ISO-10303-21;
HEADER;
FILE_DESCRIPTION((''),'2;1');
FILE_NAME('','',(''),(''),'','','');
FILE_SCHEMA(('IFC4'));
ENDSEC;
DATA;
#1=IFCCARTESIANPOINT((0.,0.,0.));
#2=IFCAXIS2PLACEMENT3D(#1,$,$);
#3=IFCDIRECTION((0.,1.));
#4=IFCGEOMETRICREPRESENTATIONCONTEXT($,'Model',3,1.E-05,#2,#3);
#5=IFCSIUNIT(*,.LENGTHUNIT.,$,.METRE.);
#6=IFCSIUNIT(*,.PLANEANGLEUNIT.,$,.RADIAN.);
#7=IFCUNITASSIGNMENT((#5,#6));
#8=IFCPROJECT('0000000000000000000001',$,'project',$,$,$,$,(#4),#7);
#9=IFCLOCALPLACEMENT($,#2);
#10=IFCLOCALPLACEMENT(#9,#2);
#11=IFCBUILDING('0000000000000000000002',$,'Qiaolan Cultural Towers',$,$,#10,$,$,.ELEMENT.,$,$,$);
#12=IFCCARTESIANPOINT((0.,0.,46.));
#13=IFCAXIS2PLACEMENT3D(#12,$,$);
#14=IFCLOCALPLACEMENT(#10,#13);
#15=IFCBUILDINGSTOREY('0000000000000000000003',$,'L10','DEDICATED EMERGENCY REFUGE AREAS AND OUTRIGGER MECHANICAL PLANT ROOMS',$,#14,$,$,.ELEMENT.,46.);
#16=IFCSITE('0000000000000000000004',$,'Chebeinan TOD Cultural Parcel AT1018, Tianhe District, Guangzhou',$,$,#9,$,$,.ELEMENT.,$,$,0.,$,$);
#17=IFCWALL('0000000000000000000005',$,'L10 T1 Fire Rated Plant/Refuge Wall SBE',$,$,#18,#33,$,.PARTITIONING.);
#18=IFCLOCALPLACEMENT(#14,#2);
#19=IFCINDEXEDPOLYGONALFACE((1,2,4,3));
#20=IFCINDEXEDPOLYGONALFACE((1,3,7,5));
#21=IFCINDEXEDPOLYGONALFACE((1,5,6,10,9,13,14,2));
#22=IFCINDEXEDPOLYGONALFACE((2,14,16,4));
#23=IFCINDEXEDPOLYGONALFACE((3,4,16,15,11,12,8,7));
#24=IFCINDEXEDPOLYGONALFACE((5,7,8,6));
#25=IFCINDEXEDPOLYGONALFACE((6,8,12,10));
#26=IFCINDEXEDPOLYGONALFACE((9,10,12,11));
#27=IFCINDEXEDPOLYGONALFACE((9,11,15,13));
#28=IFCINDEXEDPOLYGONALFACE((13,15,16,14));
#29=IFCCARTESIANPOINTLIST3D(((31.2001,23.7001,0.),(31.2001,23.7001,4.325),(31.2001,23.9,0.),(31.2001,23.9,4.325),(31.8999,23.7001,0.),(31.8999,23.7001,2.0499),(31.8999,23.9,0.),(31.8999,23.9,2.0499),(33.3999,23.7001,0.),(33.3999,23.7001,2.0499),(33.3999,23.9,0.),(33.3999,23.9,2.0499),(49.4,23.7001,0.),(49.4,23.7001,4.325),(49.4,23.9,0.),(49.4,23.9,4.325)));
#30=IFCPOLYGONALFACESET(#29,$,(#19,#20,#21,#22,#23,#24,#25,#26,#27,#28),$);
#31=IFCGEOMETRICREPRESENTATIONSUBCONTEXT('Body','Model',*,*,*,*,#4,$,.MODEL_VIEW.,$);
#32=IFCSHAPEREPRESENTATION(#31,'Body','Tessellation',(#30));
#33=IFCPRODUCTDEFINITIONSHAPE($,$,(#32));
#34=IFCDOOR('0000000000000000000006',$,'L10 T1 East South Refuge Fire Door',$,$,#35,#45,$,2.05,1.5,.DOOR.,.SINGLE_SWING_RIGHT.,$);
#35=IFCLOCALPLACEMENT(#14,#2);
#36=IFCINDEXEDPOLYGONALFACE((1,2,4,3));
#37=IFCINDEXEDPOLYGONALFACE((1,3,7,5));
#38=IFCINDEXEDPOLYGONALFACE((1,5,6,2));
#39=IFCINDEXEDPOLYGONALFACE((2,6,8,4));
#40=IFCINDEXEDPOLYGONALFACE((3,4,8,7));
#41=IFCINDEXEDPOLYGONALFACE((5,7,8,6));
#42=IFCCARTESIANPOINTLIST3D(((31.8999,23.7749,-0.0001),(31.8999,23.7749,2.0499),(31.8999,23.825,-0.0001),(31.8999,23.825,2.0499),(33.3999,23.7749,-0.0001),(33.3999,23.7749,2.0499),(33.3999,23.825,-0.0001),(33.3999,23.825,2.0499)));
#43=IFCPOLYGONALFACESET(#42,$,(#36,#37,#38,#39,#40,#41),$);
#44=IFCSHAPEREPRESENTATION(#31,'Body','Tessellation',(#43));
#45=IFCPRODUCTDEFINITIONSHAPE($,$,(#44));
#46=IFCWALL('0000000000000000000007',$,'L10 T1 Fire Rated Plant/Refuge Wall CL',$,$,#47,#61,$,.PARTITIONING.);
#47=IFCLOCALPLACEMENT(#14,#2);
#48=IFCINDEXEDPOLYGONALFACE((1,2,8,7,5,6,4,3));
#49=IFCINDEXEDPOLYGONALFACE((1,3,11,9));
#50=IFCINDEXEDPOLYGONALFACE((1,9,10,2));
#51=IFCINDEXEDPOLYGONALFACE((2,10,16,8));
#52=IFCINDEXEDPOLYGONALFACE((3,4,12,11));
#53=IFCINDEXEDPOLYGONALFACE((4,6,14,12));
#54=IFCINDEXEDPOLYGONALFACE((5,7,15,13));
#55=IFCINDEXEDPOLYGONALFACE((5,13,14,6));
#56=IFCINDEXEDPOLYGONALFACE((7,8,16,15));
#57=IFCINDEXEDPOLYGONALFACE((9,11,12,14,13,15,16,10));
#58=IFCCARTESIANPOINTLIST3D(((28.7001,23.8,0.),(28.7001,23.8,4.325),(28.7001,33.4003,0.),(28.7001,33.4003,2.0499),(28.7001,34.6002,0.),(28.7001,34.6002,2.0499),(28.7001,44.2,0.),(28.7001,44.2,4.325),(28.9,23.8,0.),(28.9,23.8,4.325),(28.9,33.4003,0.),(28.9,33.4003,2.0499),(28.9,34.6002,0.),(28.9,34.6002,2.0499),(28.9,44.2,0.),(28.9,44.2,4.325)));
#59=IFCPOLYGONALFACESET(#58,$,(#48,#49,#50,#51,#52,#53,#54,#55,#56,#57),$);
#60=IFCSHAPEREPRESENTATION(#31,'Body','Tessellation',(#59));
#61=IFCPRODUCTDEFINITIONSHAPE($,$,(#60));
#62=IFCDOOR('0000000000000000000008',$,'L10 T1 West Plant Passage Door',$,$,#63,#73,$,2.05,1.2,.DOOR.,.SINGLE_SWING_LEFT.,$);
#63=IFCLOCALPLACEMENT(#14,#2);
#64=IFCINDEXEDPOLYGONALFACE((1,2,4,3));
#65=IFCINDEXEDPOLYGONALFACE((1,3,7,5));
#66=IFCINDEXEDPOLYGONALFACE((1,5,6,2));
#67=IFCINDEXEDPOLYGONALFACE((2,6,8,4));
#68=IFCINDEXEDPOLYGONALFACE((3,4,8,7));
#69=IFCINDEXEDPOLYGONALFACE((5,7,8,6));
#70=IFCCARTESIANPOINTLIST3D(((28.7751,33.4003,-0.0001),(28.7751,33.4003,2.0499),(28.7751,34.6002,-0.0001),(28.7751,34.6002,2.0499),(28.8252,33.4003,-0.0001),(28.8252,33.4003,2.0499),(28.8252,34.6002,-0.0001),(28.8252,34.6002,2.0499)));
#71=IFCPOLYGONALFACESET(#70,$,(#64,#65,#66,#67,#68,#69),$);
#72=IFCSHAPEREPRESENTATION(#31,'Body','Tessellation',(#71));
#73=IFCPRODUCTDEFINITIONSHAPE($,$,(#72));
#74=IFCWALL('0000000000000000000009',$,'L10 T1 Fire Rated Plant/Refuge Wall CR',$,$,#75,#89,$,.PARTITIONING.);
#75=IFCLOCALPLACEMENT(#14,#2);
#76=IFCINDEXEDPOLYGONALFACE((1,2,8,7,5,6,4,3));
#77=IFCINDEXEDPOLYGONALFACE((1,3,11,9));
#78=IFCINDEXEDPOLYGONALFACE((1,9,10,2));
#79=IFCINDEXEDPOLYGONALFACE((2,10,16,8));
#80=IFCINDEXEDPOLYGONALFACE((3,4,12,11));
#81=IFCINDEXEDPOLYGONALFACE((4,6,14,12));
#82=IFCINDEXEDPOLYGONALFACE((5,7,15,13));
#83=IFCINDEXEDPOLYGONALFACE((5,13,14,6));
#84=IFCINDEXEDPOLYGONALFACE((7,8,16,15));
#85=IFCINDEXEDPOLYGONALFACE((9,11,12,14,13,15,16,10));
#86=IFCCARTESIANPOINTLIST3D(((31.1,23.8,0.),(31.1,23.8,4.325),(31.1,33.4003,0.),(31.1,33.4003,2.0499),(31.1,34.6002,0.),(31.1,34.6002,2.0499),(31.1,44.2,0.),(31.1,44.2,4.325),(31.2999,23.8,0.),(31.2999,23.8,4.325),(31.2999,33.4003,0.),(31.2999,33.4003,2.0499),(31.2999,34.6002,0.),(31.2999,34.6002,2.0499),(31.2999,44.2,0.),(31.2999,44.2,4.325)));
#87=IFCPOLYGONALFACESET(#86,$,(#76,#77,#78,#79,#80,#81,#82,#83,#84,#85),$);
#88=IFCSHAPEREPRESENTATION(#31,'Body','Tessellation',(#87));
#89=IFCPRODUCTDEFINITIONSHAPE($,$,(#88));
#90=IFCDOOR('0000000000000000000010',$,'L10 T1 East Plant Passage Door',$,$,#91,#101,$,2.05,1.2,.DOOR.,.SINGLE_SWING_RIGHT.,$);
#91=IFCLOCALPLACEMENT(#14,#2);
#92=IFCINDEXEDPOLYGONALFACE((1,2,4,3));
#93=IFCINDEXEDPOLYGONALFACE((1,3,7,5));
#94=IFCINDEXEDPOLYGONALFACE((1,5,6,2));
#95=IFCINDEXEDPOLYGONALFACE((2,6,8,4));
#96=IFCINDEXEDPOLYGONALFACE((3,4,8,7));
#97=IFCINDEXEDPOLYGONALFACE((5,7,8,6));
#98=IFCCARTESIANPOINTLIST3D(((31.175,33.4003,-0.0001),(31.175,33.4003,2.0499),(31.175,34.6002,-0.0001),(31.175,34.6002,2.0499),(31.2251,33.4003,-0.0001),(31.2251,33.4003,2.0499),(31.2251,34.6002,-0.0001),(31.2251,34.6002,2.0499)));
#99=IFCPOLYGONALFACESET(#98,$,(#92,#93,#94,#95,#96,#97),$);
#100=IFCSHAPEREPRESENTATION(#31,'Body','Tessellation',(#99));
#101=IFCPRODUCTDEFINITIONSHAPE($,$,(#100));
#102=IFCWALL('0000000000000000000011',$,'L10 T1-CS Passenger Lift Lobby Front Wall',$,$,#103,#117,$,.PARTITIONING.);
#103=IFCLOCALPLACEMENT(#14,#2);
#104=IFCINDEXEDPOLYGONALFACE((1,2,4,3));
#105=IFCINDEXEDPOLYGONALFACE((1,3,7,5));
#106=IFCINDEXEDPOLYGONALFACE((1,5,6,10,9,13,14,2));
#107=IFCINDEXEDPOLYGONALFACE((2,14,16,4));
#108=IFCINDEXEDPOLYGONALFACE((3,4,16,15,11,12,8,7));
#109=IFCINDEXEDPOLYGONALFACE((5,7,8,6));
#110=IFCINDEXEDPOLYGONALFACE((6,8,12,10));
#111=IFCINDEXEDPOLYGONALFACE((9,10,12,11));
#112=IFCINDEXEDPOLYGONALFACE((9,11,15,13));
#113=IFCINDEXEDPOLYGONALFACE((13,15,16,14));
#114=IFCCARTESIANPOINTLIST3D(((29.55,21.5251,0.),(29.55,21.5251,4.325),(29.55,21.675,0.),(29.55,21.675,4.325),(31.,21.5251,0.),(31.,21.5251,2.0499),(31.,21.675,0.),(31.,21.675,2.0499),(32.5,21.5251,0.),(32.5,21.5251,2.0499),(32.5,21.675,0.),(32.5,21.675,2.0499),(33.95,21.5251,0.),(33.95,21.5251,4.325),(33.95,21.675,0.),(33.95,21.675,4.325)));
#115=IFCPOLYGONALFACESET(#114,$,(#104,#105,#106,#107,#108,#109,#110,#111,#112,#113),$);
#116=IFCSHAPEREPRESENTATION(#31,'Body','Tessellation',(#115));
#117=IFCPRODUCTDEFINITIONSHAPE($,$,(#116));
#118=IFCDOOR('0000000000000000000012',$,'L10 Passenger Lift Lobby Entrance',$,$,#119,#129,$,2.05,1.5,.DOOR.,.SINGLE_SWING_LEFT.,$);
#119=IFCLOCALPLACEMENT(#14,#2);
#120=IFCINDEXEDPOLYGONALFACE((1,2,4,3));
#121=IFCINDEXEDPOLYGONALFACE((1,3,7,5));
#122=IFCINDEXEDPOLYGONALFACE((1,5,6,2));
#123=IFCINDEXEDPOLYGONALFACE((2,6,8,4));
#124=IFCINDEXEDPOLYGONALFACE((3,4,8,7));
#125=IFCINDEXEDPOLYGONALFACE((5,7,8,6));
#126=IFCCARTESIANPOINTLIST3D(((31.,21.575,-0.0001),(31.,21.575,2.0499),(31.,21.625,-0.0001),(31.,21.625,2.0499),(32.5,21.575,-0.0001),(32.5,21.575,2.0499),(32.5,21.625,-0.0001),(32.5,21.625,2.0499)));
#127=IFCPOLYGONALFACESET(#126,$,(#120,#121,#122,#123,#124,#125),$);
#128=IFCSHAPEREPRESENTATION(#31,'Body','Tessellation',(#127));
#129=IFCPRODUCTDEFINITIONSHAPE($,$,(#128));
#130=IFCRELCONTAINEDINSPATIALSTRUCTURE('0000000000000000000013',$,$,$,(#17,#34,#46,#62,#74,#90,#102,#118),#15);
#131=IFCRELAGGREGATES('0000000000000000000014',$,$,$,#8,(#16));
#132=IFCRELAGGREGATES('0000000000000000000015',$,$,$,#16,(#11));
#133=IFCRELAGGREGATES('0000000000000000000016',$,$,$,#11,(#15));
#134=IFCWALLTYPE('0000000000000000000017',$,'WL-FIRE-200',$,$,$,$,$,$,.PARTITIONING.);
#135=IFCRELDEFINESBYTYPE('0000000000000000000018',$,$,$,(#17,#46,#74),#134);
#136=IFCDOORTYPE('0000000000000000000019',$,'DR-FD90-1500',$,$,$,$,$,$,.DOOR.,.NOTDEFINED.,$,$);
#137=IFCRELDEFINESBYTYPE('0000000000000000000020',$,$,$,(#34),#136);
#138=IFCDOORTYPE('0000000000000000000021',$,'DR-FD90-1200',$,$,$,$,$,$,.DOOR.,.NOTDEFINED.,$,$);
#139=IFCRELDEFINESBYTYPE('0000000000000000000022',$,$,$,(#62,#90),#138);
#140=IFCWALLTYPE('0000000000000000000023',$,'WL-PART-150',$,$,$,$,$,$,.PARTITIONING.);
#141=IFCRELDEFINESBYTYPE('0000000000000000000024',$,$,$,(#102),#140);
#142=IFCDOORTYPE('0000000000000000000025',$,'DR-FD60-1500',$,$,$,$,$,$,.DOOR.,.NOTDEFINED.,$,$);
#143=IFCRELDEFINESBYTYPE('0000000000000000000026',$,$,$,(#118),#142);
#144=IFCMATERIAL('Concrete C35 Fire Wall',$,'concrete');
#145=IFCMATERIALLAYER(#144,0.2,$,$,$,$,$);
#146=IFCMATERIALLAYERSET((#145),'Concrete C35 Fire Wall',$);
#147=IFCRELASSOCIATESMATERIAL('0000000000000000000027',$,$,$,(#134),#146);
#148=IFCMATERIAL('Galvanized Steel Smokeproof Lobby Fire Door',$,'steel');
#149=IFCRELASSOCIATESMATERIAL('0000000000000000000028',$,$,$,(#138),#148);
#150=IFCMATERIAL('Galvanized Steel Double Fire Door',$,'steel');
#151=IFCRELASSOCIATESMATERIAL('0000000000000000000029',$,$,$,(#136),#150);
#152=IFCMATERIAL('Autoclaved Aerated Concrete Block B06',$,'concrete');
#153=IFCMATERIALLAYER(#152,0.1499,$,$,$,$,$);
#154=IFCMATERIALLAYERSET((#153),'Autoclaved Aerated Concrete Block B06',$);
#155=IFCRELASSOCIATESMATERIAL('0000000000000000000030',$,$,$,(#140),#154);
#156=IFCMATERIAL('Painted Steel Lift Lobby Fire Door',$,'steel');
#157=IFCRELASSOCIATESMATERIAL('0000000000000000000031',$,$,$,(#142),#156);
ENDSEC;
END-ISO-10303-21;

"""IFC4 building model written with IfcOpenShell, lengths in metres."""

from ifc_helpers import new_model, si_unit, direction, frame, frame_2d, origin, place, context, subcontext, project, spatial, rectangle, extrude, material, layer, layer_set, type_object, element, fill, save


model = new_model("IFC4")

# Units and contexts
model_context = context("Model", 3, precision=1e-05, world=origin(), true_north=direction((0.0, 1.0)))
body_context = subcontext(model_context, "Body", "Model", "MODEL_VIEW")
ifc_project = project(units=[si_unit("LENGTHUNIT", "METRE"), si_unit("PLANEANGLEUNIT", "RADIAN")], contexts=[model_context])

# Site, building, storey
site_placement = place(None, origin())
site = spatial("IfcSite", under=ifc_project, at=site_placement, Name="Chebeinan TOD Cultural Parcel AT1018, Tianhe District, Guangzhou", CompositionType="ELEMENT", RefElevation=0.0)
building_placement = place(site_placement, origin())
building = spatial("IfcBuilding", under=site, at=building_placement, Name="Qiaolan Cultural Towers", CompositionType="ELEMENT")
storey_placement = place(building_placement, frame((0.0, 0.0, 46.0)))
storey = spatial("IfcBuildingStorey", under=building, at=storey_placement, Name="L10", Description="DEDICATED EMERGENCY REFUGE AREAS AND OUTRIGGER MECHANICAL PLANT ROOMS", CompositionType="ELEMENT", Elevation=46.0)

# Shared definitions
ifc_material_1 = material(Name="Concrete C35 Fire Wall", Category="concrete")
ifc_layer_1 = layer(ifc_material_1, 0.2)
ifc_layer_set_1 = layer_set([ifc_layer_1], Name="Concrete C35 Fire Wall")
wall_type_1 = type_object("IfcWallType", Name="WL-FIRE-200", PredefinedType="PARTITIONING", material=ifc_layer_set_1)

# Walls, openings, doors
ifc_material_2 = material(Name="Galvanized Steel Smokeproof Lobby Fire Door", Category="steel")
door_type_1 = type_object("IfcDoorType", Name="DR-FD90-1200", OperationType="NOTDEFINED", PredefinedType="DOOR", material=ifc_material_2)
wall_1_placement = place(storey_placement, frame((31.2, 23.8, 0.0), z_axis=(0.0, 0.0, 1.0), x_axis=(1.0, 0.0, 0.0)))
wall_1 = element("IfcWall", 1, at=wall_1_placement, inside=storey, type_object=wall_type_1, Name="L10 T1 Fire Rated Plant/Refuge Wall SBE", PredefinedType="PARTITIONING", context=body_context, shape_type="SweptSolid", body=[
    extrude(rectangle(XDim=18.2, YDim=0.2, at=frame_2d((9.1001, 0.0))), origin(), (0.0, 0.0, 1.0), 4.325),
])
opening_1_placement = place(wall_1_placement, frame((0.7, 0.0, 0.0)))
opening_1 = element("IfcOpeningElement", 2, at=opening_1_placement, cuts=wall_1, PredefinedType="OPENING", context=body_context, shape_type="SweptSolid", body=[
    extrude(rectangle(XDim=1.5, YDim=2.05, at=frame_2d((0.75, 1.0249))), frame((0.0, 0.1099, 0.0), z_axis=(0.0, -1.0, 0.0), x_axis=(1.0, 0.0, 0.0)), (0.0, 0.0, 1.0), 0.22),
])
ifc_material_3 = material(Name="Galvanized Steel Double Fire Door", Category="steel")
door_type_2 = type_object("IfcDoorType", Name="DR-FD90-1500", OperationType="NOTDEFINED", PredefinedType="DOOR", material=ifc_material_3)
door_1_placement = place(opening_1_placement, origin())
door_1 = element("IfcDoor", 3, at=door_1_placement, inside=storey, type_object=door_type_2, Name="L10 T1 East South Refuge Fire Door", OperationType="SINGLE_SWING_RIGHT", OverallHeight=2.05, OverallWidth=1.5, PredefinedType="DOOR", context=body_context, shape_type="SweptSolid", body=[
    extrude(rectangle(XDim=1.5, YDim=2.05, at=frame_2d((0.75, 1.0249))), frame((0.0, 0.0249, 0.0), z_axis=(0.0, -1.0, 0.0), x_axis=(1.0, 0.0, 0.0)), (0.0, 0.0, 1.0), 0.05),
])
fill(opening_1, door_1)
wall_2_placement = place(storey_placement, frame((28.8, 23.8, 0.0), z_axis=(0.0, 0.0, 1.0), x_axis=(0.0, 1.0, 0.0)))
wall_2 = element("IfcWall", 4, at=wall_2_placement, inside=storey, type_object=wall_type_1, Name="L10 T1 Fire Rated Plant/Refuge Wall CL", PredefinedType="PARTITIONING", context=body_context, shape_type="SweptSolid", body=[
    extrude(rectangle(XDim=20.3999, YDim=0.2, at=frame_2d((10.2, 0.0))), origin(), (0.0, 0.0, 1.0), 4.325),
])
opening_2_placement = place(wall_2_placement, frame((9.6001, 0.0, 0.0)))
opening_2 = element("IfcOpeningElement", 5, at=opening_2_placement, cuts=wall_2, PredefinedType="OPENING", context=body_context, shape_type="SweptSolid", body=[
    extrude(rectangle(XDim=1.2, YDim=2.05, at=frame_2d((0.6001, 1.0249))), frame((0.0, 0.1099, 0.0), z_axis=(0.0, -1.0, 0.0), x_axis=(1.0, 0.0, 0.0)), (0.0, 0.0, 1.0), 0.22),
])
door_2_placement = place(opening_2_placement, origin())
door_2 = element("IfcDoor", 6, at=door_2_placement, inside=storey, type_object=door_type_1, Name="L10 T1 West Plant Passage Door", OperationType="SINGLE_SWING_LEFT", OverallHeight=2.05, OverallWidth=1.2, PredefinedType="DOOR", context=body_context, shape_type="SweptSolid", body=[
    extrude(rectangle(XDim=1.2, YDim=2.05, at=frame_2d((0.6001, 1.0249))), frame((0.0, 0.0249, 0.0), z_axis=(0.0, -1.0, 0.0), x_axis=(1.0, 0.0, 0.0)), (0.0, 0.0, 1.0), 0.05),
])
fill(opening_2, door_2)
wall_3_placement = place(storey_placement, frame((31.2, 23.8, 0.0), z_axis=(0.0, 0.0, 1.0), x_axis=(0.0, 1.0, 0.0)))
wall_3 = element("IfcWall", 7, at=wall_3_placement, inside=storey, type_object=wall_type_1, Name="L10 T1 Fire Rated Plant/Refuge Wall CR", PredefinedType="PARTITIONING", context=body_context, shape_type="SweptSolid", body=[
    extrude(rectangle(XDim=20.3999, YDim=0.2, at=frame_2d((10.2, 0.0))), origin(), (0.0, 0.0, 1.0), 4.325),
])
opening_3_placement = place(wall_3_placement, frame((9.6001, 0.0, 0.0)))
opening_3 = element("IfcOpeningElement", 8, at=opening_3_placement, cuts=wall_3, PredefinedType="OPENING", context=body_context, shape_type="SweptSolid", body=[
    extrude(rectangle(XDim=1.2, YDim=2.05, at=frame_2d((0.6001, 1.0249))), frame((0.0, 0.1099, 0.0), z_axis=(0.0, -1.0, 0.0), x_axis=(1.0, 0.0, 0.0)), (0.0, 0.0, 1.0), 0.22),
])
door_3_placement = place(opening_3_placement, origin())
door_3 = element("IfcDoor", 9, at=door_3_placement, inside=storey, type_object=door_type_1, Name="L10 T1 East Plant Passage Door", OperationType="SINGLE_SWING_RIGHT", OverallHeight=2.05, OverallWidth=1.2, PredefinedType="DOOR", context=body_context, shape_type="SweptSolid", body=[
    extrude(rectangle(XDim=1.2, YDim=2.05, at=frame_2d((0.6001, 1.0249))), frame((0.0, 0.0249, 0.0), z_axis=(0.0, -1.0, 0.0), x_axis=(1.0, 0.0, 0.0)), (0.0, 0.0, 1.0), 0.05),
])
fill(opening_3, door_3)
ifc_material_4 = material(Name="Autoclaved Aerated Concrete Block B06", Category="concrete")
ifc_layer_2 = layer(ifc_material_4, 0.1499)
ifc_layer_set_2 = layer_set([ifc_layer_2], Name="Autoclaved Aerated Concrete Block B06")
wall_type_2 = type_object("IfcWallType", Name="WL-PART-150", PredefinedType="PARTITIONING", material=ifc_layer_set_2)
wall_4_placement = place(storey_placement, frame((29.55, 21.6001, 0.0), z_axis=(0.0, 0.0, 1.0), x_axis=(1.0, 0.0, 0.0)))
wall_4 = element("IfcWall", 10, at=wall_4_placement, inside=storey, type_object=wall_type_2, Name="L10 T1-CS Passenger Lift Lobby Front Wall", PredefinedType="PARTITIONING", context=body_context, shape_type="SweptSolid", body=[
    extrude(rectangle(XDim=4.3999, YDim=0.1499, at=frame_2d((2.2, 0.0))), origin(), (0.0, 0.0, 1.0), 4.325),
])
opening_4_placement = place(wall_4_placement, frame((1.45, 0.0, 0.0)))
opening_4 = element("IfcOpeningElement", 11, at=opening_4_placement, cuts=wall_4, PredefinedType="OPENING", context=body_context, shape_type="SweptSolid", body=[
    extrude(rectangle(XDim=1.5, YDim=2.05, at=frame_2d((0.75, 1.0249))), frame((0.0, 0.085, 0.0), z_axis=(0.0, -1.0, 0.0), x_axis=(1.0, 0.0, 0.0)), (0.0, 0.0, 1.0), 0.1699),
])
ifc_material_5 = material(Name="Painted Steel Lift Lobby Fire Door", Category="steel")
door_type_3 = type_object("IfcDoorType", Name="DR-FD60-1500", OperationType="NOTDEFINED", PredefinedType="DOOR", material=ifc_material_5)
door_4_placement = place(opening_4_placement, origin())
door_4 = element("IfcDoor", 12, at=door_4_placement, inside=storey, type_object=door_type_3, Name="L10 Passenger Lift Lobby Entrance", OperationType="SINGLE_SWING_LEFT", OverallHeight=2.05, OverallWidth=1.5, PredefinedType="DOOR", context=body_context, shape_type="SweptSolid", body=[
    extrude(rectangle(XDim=1.5, YDim=2.05, at=frame_2d((0.75, 1.0249))), frame((0.0, 0.0249, 0.0), z_axis=(0.0, -1.0, 0.0), x_axis=(1.0, 0.0, 0.0)), (0.0, 0.0, 1.0), 0.05),
])
fill(opening_4, door_4)

save(model, "model.ifc")
